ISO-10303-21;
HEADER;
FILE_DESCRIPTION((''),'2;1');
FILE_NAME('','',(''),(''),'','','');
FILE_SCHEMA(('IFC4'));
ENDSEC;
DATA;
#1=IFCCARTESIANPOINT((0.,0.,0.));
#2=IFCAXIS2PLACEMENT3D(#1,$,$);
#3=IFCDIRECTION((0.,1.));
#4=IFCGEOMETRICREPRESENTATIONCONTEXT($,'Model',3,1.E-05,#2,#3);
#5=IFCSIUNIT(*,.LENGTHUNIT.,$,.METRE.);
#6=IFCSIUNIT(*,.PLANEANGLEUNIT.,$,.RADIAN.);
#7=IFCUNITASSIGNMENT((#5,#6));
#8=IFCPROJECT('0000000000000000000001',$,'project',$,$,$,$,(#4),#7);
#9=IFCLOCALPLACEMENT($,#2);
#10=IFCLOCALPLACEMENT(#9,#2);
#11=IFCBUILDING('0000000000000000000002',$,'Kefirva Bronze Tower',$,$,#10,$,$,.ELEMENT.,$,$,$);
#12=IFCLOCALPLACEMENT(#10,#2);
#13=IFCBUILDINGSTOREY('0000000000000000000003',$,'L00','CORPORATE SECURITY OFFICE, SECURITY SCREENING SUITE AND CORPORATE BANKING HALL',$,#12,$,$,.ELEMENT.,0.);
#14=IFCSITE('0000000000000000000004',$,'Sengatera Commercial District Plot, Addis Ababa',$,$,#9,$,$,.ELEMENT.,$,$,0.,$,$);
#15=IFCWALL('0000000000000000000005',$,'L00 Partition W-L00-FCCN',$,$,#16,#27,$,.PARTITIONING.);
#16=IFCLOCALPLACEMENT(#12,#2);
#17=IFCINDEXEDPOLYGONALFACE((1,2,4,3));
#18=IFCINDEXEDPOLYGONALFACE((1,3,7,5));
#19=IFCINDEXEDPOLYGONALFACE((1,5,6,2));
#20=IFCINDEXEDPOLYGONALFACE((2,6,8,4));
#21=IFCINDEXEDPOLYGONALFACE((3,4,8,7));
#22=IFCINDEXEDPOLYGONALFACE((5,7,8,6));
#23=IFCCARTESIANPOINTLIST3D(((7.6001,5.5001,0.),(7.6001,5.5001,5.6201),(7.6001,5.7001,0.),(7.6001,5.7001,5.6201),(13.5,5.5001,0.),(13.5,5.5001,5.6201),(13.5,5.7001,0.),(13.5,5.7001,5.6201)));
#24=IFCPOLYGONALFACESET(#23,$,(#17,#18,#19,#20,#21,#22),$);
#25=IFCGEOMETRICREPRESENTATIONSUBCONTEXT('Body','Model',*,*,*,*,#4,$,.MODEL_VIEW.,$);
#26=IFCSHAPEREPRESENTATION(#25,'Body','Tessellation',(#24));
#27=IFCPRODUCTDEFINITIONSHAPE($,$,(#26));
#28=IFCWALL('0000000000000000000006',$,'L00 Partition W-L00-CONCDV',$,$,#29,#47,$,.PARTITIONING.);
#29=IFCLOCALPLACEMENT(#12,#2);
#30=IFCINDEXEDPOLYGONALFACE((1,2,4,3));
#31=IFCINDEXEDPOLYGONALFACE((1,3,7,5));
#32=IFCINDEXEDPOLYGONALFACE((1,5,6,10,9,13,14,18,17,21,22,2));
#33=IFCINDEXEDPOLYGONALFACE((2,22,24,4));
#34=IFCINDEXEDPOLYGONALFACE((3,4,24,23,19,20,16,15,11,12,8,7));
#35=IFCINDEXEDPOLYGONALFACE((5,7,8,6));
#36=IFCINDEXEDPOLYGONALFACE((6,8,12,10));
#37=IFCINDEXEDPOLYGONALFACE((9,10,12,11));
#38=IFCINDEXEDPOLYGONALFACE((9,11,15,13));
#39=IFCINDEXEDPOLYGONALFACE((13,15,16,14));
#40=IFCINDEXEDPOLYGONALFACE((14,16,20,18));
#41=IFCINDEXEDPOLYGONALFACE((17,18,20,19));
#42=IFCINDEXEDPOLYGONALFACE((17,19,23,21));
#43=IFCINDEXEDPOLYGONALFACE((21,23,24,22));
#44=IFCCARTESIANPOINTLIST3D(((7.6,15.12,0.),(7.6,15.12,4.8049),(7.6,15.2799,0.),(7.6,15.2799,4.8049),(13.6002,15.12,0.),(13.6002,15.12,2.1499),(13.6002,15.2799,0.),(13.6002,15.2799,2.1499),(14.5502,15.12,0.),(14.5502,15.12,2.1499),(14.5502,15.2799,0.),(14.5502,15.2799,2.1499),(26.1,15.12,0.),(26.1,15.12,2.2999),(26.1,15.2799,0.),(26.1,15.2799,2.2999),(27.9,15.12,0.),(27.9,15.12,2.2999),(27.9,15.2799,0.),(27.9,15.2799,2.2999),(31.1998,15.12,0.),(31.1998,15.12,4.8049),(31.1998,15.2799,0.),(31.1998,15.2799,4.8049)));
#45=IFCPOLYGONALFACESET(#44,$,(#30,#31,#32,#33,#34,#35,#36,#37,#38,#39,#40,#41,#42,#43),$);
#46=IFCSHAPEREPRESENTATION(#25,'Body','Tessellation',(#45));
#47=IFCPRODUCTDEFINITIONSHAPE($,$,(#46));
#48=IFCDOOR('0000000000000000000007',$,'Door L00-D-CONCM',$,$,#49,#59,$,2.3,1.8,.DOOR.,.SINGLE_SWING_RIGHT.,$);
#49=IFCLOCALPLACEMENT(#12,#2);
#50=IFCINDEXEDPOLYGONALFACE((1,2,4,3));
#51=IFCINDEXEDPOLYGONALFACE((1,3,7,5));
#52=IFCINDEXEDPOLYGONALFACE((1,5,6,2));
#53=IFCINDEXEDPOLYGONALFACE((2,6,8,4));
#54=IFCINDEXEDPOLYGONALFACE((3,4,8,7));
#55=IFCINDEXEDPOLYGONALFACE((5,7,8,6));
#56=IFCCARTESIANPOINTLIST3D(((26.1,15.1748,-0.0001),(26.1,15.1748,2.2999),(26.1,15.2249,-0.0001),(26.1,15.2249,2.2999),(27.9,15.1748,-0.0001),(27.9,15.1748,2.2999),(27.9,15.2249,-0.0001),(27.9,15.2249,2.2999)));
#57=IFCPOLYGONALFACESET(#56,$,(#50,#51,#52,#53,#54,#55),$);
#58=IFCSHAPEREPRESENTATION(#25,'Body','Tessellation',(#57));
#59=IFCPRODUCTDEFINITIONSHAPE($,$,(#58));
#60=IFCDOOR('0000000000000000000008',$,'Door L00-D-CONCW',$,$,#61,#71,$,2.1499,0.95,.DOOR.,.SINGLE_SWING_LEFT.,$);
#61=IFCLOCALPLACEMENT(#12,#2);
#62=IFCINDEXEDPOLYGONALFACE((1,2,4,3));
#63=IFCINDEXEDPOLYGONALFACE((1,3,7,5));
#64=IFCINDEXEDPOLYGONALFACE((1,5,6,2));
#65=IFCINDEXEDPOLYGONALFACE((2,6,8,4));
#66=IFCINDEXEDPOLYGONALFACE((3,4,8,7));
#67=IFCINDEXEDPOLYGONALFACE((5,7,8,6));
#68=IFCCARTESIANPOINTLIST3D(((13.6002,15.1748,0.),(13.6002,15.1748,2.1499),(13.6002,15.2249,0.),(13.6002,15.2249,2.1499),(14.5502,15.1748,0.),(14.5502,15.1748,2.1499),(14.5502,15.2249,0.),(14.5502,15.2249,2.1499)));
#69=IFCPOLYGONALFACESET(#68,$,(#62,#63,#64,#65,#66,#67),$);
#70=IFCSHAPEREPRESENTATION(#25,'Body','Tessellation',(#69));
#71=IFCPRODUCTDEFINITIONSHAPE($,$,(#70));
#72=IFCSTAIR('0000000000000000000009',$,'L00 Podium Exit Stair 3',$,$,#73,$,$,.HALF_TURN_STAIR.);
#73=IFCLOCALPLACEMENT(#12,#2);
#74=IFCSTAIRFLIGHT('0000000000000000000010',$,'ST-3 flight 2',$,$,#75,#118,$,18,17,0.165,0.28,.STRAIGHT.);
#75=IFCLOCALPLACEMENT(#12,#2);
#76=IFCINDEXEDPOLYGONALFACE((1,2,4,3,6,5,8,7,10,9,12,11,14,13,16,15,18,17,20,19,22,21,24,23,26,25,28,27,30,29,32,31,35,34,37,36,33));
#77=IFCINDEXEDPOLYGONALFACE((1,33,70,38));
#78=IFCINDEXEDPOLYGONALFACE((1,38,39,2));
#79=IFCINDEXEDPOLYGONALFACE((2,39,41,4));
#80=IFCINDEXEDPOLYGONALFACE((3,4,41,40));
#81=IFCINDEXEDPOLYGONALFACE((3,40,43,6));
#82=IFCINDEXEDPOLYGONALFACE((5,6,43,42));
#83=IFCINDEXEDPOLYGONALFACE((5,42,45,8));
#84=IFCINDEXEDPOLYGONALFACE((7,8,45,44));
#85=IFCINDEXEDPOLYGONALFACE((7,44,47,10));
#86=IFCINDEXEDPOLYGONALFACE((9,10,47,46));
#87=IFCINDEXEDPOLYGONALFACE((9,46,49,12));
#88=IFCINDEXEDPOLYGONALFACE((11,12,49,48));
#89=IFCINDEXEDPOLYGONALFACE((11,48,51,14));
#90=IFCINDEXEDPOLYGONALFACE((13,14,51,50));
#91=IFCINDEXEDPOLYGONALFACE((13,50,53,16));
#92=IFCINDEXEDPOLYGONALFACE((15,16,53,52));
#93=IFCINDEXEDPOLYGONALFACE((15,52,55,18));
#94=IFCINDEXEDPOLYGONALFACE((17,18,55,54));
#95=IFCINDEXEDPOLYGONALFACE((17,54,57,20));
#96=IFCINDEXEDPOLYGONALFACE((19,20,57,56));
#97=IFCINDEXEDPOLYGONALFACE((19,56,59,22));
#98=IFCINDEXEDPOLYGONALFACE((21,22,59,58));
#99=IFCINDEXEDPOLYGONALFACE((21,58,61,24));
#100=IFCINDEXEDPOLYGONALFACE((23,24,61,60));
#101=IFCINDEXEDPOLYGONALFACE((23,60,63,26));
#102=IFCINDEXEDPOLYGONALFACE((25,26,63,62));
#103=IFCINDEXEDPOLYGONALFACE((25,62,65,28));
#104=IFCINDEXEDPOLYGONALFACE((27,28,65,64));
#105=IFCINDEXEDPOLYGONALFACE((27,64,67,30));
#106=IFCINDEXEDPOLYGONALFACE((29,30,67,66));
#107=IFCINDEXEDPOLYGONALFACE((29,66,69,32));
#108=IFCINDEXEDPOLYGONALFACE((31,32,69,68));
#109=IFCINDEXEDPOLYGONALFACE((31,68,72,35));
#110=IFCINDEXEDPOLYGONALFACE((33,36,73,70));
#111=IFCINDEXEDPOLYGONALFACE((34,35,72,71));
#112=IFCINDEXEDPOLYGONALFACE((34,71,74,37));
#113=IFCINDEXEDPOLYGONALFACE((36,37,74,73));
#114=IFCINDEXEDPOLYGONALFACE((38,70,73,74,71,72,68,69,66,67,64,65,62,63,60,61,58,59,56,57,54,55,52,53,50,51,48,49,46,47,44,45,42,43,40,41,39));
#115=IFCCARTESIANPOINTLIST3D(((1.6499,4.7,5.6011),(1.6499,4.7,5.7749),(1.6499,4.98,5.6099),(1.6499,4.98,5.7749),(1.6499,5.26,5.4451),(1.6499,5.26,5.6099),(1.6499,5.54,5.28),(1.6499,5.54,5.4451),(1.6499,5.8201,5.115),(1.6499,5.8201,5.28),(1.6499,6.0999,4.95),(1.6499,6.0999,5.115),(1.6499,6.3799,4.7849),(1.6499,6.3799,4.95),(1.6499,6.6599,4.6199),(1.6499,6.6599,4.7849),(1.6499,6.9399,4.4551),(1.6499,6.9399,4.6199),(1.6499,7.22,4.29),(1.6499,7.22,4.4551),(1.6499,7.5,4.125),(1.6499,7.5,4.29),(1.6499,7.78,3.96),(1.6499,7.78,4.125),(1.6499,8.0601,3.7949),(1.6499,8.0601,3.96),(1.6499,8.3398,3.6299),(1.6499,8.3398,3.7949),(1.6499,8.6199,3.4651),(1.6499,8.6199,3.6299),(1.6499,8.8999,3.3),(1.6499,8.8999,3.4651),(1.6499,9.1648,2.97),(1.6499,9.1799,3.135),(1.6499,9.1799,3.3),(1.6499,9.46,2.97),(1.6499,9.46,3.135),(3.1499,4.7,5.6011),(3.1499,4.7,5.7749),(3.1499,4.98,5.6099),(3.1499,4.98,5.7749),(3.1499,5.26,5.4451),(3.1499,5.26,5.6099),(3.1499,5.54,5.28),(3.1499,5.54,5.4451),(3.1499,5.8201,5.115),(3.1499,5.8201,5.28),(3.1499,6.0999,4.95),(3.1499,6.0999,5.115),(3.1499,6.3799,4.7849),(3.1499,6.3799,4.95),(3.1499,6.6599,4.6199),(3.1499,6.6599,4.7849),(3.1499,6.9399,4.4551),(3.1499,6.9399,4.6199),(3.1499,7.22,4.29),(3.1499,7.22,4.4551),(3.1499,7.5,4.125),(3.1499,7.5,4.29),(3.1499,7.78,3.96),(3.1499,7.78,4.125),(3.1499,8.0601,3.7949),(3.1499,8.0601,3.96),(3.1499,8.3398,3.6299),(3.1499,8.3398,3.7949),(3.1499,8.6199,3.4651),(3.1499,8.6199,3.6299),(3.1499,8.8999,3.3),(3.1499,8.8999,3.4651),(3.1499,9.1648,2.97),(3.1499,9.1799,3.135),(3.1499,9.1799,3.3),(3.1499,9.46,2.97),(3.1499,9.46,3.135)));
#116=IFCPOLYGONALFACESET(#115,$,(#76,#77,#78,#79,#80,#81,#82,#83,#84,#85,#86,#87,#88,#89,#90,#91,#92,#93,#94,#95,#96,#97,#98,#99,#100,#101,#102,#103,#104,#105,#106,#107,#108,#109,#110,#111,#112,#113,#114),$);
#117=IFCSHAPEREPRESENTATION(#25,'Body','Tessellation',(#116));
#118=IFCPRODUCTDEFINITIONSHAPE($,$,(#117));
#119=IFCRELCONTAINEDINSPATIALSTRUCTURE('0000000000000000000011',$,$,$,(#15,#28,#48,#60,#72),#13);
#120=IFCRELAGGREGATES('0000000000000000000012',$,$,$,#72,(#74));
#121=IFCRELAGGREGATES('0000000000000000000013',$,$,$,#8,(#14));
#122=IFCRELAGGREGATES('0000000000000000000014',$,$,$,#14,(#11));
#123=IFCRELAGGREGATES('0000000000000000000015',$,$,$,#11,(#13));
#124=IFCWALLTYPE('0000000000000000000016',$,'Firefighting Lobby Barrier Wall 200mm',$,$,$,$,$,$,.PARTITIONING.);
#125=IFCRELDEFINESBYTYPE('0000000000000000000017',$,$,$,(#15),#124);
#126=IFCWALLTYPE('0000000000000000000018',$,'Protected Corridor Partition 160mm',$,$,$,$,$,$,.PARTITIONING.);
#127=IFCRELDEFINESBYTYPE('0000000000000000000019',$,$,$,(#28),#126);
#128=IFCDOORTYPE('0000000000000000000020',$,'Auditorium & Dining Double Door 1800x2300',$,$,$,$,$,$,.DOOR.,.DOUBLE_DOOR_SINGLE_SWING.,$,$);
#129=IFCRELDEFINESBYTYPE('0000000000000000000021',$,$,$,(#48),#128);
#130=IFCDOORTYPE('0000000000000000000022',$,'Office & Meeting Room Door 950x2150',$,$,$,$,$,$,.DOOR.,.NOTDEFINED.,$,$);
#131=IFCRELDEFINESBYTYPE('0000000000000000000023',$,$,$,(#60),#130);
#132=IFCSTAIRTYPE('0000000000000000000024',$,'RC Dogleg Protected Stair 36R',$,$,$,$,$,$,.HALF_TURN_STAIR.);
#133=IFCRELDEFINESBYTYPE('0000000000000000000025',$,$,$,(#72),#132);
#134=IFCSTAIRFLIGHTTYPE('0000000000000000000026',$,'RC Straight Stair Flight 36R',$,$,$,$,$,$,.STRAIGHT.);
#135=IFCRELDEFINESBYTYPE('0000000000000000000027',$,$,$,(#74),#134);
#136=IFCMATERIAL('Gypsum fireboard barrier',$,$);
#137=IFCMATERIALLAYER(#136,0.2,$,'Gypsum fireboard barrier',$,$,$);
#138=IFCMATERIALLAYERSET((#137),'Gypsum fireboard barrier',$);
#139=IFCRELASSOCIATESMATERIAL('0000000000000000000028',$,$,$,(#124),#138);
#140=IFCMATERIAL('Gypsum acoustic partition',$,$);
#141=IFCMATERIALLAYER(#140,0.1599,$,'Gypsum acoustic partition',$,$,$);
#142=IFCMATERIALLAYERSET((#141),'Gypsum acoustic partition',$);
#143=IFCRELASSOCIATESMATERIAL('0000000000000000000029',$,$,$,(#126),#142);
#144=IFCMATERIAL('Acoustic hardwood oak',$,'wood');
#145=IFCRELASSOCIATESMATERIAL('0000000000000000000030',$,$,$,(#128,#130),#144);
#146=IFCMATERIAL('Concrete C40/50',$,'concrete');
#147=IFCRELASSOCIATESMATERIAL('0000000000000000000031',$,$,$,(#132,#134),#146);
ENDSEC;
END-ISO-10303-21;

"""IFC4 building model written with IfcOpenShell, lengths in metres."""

from ifc_helpers import new_model, si_unit, direction, frame, frame_2d, origin, place, context, subcontext, project, spatial, polyline, rectangle, outline, extrude, material, layer, layer_set, type_object, element, fill, aggregate, save


model = new_model("IFC4")

# Units and contexts
model_context = context("Model", 3, precision=1e-05, world=origin(), true_north=direction((0.0, 1.0)))
body_context = subcontext(model_context, "Body", "Model", "MODEL_VIEW")
ifc_project = project(units=[si_unit("LENGTHUNIT", "METRE"), si_unit("PLANEANGLEUNIT", "RADIAN")], contexts=[model_context])

# Site, building, storey
site_placement = place(None, origin())
site = spatial("IfcSite", under=ifc_project, at=site_placement, Name="Sengatera Commercial District Plot, Addis Ababa", CompositionType="ELEMENT", RefElevation=0.0)
building_placement = place(site_placement, origin())
building = spatial("IfcBuilding", under=site, at=building_placement, Name="Kefirva Bronze Tower", CompositionType="ELEMENT")
storey_placement = place(building_placement, origin())
storey = spatial("IfcBuildingStorey", under=building, at=storey_placement, Name="L00", Description="CORPORATE SECURITY OFFICE, SECURITY SCREENING SUITE AND CORPORATE BANKING HALL", CompositionType="ELEMENT", Elevation=0.0)

# Wall
ifc_material_1 = material(Name="Gypsum fireboard barrier")
ifc_layer_1 = layer(ifc_material_1, 0.2, Name="Gypsum fireboard barrier")
ifc_layer_set_1 = layer_set([ifc_layer_1], Name="Gypsum fireboard barrier")
wall_type_1 = type_object("IfcWallType", Name="Firefighting Lobby Barrier Wall 200mm", PredefinedType="PARTITIONING", material=ifc_layer_set_1)
wall_1_placement = place(storey_placement, frame((7.6001, 5.6001, 0.0), z_axis=(0.0, 0.0, 1.0), x_axis=(1.0, 0.0, 0.0)))
element("IfcWall", 1, at=wall_1_placement, inside=storey, type_object=wall_type_1, Name="L00 Partition W-L00-FCCN", PredefinedType="PARTITIONING", context=body_context, shape_type="SweptSolid", body=[
    extrude(rectangle(XDim=5.8999, YDim=0.2, at=frame_2d((2.95, 0.0))), origin(), (0.0, 0.0, 1.0), 5.6201),
])

# Wall, openings, doors
ifc_material_2 = material(Name="Gypsum acoustic partition")
ifc_layer_2 = layer(ifc_material_2, 0.1599, Name="Gypsum acoustic partition")
ifc_layer_set_2 = layer_set([ifc_layer_2], Name="Gypsum acoustic partition")
wall_type_2 = type_object("IfcWallType", Name="Protected Corridor Partition 160mm", PredefinedType="PARTITIONING", material=ifc_layer_set_2)
wall_2_placement = place(storey_placement, frame((7.6001, 15.2, 0.0), z_axis=(0.0, 0.0, 1.0), x_axis=(1.0, 0.0, 0.0)))
wall_2 = element("IfcWall", 2, at=wall_2_placement, inside=storey, type_object=wall_type_2, Name="L00 Partition W-L00-CONCDV", PredefinedType="PARTITIONING", context=body_context, shape_type="SweptSolid", body=[
    extrude(rectangle(XDim=23.5999, YDim=0.1599, at=frame_2d((11.7998, 0.0))), origin(), (0.0, 0.0, 1.0), 4.8049),
])
opening_1_placement = place(wall_2_placement, frame((6.0, 0.0, 0.0)))
opening_1 = element("IfcOpeningElement", 3, at=opening_1_placement, cuts=wall_2, PredefinedType="OPENING", context=body_context, shape_type="SweptSolid", body=[
    extrude(rectangle(XDim=0.95, YDim=2.1499, at=frame_2d((0.4751, 1.075))), frame((0.0, 0.0898, 0.0), z_axis=(0.0, -1.0, 0.0), x_axis=(1.0, 0.0, 0.0)), (0.0, 0.0, 1.0), 0.1799),
])
opening_2_placement = place(wall_2_placement, frame((18.5, 0.0, 0.0)))
opening_2 = element("IfcOpeningElement", 4, at=opening_2_placement, cuts=wall_2, PredefinedType="OPENING", context=body_context, shape_type="SweptSolid", body=[
    extrude(rectangle(XDim=1.8, YDim=2.3, at=frame_2d((0.8999, 1.1499))), frame((0.0, 0.0898, 0.0), z_axis=(0.0, -1.0, 0.0), x_axis=(1.0, 0.0, 0.0)), (0.0, 0.0, 1.0), 0.1799),
])
ifc_material_3 = material(Name="Acoustic hardwood oak", Category="wood")
door_type_1 = type_object("IfcDoorType", Name="Auditorium & Dining Double Door 1800x2300", OperationType="DOUBLE_DOOR_SINGLE_SWING", PredefinedType="DOOR", material=ifc_material_3)
door_1_placement = place(opening_2_placement, origin())
door_1 = element("IfcDoor", 5, at=door_1_placement, inside=storey, type_object=door_type_1, Name="Door L00-D-CONCM", OperationType="SINGLE_SWING_RIGHT", OverallHeight=2.3, OverallWidth=1.8, PredefinedType="DOOR", context=body_context, shape_type="SweptSolid", body=[
    extrude(rectangle(XDim=1.8, YDim=2.3, at=frame_2d((0.8999, 1.1499))), frame((0.0, 0.0249, 0.0), z_axis=(0.0, -1.0, 0.0), x_axis=(1.0, 0.0, 0.0)), (0.0, 0.0, 1.0), 0.05),
])
fill(opening_2, door_1)
door_type_2 = type_object("IfcDoorType", Name="Office & Meeting Room Door 950x2150", OperationType="NOTDEFINED", PredefinedType="DOOR", material=ifc_material_3)
door_2_placement = place(opening_1_placement, origin())
door_2 = element("IfcDoor", 6, at=door_2_placement, inside=storey, type_object=door_type_2, Name="Door L00-D-CONCW", OperationType="SINGLE_SWING_LEFT", OverallHeight=2.1499, OverallWidth=0.95, PredefinedType="DOOR", context=body_context, shape_type="SweptSolid", body=[
    extrude(rectangle(XDim=0.95, YDim=2.1499, at=frame_2d((0.4751, 1.075))), frame((0.0, 0.0249, 0.0), z_axis=(0.0, -1.0, 0.0), x_axis=(1.0, 0.0, 0.0)), (0.0, 0.0, 1.0), 0.05),
])
fill(opening_1, door_2)

# Stair, stair flight
ifc_material_4 = material(Name="Concrete C40/50", Category="concrete")
stair_type = type_object("IfcStairType", Name="RC Dogleg Protected Stair 36R", PredefinedType="HALF_TURN_STAIR", material=ifc_material_4)
stair_placement = place(storey_placement, origin())
stair = element("IfcStair", 7, at=stair_placement, inside=storey, type_object=stair_type, Name="L00 Podium Exit Stair 3", PredefinedType="HALF_TURN_STAIR")
stair_flight_type = type_object("IfcStairFlightType", Name="RC Straight Stair Flight 36R", PredefinedType="STRAIGHT", material=ifc_material_4)
stair_flight_placement = place(storey_placement, frame((2.3999, 9.46, 2.97), z_axis=(0.0, 0.0, 1.0), x_axis=(0.0, -1.0, 0.0)))
stair_flight = element("IfcStairFlight", 8, at=stair_flight_placement, type_object=stair_flight_type, Name="ST-3 flight 2", NumberOfRisers=18, NumberOfTreads=17, PredefinedType="STRAIGHT", RiserHeight=0.165, TreadLength=0.28, context=body_context, shape_type="SweptSolid", body=[
    extrude(outline(polyline([(0.0, 0.0), (0.0, 0.165), (0.28, 0.165), (0.28, 0.3301), (0.5601, 0.3301), (0.5601, 0.4951), (0.8401, 0.4951), (0.8401, 0.6599), (1.1201, 0.6599), (1.1201, 0.825), (1.3999, 0.825), (1.3999, 0.99), (1.6799, 0.99), (1.6799, 1.155), (1.96, 1.155), (1.96, 1.3201), (2.24, 1.3201), (2.24, 1.4851), (2.52, 1.4851), (2.52, 1.6499), (2.8, 1.6499), (2.8, 1.8149), (3.0801, 1.8149), (3.0801, 1.98), (3.3601, 1.98), (3.3601, 2.145), (3.6399, 2.145), (3.6399, 2.3101), (3.9199, 2.3101), (3.9199, 2.4751), (4.2, 2.4751), (4.2, 2.6399), (4.48, 2.6399), (4.48, 2.8049), (4.76, 2.8049), (4.76, 2.97), (4.76, 2.6311), (0.2952, 0.0), (0.0, 0.0)])), frame((0.0, 0.75, 0.0), z_axis=(0.0, -1.0, 0.0), x_axis=(1.0, 0.0, 0.0)), (0.0, 0.0, 1.0), 1.5),
])
aggregate(stair, [stair_flight])

save(model, "model.ifc")
